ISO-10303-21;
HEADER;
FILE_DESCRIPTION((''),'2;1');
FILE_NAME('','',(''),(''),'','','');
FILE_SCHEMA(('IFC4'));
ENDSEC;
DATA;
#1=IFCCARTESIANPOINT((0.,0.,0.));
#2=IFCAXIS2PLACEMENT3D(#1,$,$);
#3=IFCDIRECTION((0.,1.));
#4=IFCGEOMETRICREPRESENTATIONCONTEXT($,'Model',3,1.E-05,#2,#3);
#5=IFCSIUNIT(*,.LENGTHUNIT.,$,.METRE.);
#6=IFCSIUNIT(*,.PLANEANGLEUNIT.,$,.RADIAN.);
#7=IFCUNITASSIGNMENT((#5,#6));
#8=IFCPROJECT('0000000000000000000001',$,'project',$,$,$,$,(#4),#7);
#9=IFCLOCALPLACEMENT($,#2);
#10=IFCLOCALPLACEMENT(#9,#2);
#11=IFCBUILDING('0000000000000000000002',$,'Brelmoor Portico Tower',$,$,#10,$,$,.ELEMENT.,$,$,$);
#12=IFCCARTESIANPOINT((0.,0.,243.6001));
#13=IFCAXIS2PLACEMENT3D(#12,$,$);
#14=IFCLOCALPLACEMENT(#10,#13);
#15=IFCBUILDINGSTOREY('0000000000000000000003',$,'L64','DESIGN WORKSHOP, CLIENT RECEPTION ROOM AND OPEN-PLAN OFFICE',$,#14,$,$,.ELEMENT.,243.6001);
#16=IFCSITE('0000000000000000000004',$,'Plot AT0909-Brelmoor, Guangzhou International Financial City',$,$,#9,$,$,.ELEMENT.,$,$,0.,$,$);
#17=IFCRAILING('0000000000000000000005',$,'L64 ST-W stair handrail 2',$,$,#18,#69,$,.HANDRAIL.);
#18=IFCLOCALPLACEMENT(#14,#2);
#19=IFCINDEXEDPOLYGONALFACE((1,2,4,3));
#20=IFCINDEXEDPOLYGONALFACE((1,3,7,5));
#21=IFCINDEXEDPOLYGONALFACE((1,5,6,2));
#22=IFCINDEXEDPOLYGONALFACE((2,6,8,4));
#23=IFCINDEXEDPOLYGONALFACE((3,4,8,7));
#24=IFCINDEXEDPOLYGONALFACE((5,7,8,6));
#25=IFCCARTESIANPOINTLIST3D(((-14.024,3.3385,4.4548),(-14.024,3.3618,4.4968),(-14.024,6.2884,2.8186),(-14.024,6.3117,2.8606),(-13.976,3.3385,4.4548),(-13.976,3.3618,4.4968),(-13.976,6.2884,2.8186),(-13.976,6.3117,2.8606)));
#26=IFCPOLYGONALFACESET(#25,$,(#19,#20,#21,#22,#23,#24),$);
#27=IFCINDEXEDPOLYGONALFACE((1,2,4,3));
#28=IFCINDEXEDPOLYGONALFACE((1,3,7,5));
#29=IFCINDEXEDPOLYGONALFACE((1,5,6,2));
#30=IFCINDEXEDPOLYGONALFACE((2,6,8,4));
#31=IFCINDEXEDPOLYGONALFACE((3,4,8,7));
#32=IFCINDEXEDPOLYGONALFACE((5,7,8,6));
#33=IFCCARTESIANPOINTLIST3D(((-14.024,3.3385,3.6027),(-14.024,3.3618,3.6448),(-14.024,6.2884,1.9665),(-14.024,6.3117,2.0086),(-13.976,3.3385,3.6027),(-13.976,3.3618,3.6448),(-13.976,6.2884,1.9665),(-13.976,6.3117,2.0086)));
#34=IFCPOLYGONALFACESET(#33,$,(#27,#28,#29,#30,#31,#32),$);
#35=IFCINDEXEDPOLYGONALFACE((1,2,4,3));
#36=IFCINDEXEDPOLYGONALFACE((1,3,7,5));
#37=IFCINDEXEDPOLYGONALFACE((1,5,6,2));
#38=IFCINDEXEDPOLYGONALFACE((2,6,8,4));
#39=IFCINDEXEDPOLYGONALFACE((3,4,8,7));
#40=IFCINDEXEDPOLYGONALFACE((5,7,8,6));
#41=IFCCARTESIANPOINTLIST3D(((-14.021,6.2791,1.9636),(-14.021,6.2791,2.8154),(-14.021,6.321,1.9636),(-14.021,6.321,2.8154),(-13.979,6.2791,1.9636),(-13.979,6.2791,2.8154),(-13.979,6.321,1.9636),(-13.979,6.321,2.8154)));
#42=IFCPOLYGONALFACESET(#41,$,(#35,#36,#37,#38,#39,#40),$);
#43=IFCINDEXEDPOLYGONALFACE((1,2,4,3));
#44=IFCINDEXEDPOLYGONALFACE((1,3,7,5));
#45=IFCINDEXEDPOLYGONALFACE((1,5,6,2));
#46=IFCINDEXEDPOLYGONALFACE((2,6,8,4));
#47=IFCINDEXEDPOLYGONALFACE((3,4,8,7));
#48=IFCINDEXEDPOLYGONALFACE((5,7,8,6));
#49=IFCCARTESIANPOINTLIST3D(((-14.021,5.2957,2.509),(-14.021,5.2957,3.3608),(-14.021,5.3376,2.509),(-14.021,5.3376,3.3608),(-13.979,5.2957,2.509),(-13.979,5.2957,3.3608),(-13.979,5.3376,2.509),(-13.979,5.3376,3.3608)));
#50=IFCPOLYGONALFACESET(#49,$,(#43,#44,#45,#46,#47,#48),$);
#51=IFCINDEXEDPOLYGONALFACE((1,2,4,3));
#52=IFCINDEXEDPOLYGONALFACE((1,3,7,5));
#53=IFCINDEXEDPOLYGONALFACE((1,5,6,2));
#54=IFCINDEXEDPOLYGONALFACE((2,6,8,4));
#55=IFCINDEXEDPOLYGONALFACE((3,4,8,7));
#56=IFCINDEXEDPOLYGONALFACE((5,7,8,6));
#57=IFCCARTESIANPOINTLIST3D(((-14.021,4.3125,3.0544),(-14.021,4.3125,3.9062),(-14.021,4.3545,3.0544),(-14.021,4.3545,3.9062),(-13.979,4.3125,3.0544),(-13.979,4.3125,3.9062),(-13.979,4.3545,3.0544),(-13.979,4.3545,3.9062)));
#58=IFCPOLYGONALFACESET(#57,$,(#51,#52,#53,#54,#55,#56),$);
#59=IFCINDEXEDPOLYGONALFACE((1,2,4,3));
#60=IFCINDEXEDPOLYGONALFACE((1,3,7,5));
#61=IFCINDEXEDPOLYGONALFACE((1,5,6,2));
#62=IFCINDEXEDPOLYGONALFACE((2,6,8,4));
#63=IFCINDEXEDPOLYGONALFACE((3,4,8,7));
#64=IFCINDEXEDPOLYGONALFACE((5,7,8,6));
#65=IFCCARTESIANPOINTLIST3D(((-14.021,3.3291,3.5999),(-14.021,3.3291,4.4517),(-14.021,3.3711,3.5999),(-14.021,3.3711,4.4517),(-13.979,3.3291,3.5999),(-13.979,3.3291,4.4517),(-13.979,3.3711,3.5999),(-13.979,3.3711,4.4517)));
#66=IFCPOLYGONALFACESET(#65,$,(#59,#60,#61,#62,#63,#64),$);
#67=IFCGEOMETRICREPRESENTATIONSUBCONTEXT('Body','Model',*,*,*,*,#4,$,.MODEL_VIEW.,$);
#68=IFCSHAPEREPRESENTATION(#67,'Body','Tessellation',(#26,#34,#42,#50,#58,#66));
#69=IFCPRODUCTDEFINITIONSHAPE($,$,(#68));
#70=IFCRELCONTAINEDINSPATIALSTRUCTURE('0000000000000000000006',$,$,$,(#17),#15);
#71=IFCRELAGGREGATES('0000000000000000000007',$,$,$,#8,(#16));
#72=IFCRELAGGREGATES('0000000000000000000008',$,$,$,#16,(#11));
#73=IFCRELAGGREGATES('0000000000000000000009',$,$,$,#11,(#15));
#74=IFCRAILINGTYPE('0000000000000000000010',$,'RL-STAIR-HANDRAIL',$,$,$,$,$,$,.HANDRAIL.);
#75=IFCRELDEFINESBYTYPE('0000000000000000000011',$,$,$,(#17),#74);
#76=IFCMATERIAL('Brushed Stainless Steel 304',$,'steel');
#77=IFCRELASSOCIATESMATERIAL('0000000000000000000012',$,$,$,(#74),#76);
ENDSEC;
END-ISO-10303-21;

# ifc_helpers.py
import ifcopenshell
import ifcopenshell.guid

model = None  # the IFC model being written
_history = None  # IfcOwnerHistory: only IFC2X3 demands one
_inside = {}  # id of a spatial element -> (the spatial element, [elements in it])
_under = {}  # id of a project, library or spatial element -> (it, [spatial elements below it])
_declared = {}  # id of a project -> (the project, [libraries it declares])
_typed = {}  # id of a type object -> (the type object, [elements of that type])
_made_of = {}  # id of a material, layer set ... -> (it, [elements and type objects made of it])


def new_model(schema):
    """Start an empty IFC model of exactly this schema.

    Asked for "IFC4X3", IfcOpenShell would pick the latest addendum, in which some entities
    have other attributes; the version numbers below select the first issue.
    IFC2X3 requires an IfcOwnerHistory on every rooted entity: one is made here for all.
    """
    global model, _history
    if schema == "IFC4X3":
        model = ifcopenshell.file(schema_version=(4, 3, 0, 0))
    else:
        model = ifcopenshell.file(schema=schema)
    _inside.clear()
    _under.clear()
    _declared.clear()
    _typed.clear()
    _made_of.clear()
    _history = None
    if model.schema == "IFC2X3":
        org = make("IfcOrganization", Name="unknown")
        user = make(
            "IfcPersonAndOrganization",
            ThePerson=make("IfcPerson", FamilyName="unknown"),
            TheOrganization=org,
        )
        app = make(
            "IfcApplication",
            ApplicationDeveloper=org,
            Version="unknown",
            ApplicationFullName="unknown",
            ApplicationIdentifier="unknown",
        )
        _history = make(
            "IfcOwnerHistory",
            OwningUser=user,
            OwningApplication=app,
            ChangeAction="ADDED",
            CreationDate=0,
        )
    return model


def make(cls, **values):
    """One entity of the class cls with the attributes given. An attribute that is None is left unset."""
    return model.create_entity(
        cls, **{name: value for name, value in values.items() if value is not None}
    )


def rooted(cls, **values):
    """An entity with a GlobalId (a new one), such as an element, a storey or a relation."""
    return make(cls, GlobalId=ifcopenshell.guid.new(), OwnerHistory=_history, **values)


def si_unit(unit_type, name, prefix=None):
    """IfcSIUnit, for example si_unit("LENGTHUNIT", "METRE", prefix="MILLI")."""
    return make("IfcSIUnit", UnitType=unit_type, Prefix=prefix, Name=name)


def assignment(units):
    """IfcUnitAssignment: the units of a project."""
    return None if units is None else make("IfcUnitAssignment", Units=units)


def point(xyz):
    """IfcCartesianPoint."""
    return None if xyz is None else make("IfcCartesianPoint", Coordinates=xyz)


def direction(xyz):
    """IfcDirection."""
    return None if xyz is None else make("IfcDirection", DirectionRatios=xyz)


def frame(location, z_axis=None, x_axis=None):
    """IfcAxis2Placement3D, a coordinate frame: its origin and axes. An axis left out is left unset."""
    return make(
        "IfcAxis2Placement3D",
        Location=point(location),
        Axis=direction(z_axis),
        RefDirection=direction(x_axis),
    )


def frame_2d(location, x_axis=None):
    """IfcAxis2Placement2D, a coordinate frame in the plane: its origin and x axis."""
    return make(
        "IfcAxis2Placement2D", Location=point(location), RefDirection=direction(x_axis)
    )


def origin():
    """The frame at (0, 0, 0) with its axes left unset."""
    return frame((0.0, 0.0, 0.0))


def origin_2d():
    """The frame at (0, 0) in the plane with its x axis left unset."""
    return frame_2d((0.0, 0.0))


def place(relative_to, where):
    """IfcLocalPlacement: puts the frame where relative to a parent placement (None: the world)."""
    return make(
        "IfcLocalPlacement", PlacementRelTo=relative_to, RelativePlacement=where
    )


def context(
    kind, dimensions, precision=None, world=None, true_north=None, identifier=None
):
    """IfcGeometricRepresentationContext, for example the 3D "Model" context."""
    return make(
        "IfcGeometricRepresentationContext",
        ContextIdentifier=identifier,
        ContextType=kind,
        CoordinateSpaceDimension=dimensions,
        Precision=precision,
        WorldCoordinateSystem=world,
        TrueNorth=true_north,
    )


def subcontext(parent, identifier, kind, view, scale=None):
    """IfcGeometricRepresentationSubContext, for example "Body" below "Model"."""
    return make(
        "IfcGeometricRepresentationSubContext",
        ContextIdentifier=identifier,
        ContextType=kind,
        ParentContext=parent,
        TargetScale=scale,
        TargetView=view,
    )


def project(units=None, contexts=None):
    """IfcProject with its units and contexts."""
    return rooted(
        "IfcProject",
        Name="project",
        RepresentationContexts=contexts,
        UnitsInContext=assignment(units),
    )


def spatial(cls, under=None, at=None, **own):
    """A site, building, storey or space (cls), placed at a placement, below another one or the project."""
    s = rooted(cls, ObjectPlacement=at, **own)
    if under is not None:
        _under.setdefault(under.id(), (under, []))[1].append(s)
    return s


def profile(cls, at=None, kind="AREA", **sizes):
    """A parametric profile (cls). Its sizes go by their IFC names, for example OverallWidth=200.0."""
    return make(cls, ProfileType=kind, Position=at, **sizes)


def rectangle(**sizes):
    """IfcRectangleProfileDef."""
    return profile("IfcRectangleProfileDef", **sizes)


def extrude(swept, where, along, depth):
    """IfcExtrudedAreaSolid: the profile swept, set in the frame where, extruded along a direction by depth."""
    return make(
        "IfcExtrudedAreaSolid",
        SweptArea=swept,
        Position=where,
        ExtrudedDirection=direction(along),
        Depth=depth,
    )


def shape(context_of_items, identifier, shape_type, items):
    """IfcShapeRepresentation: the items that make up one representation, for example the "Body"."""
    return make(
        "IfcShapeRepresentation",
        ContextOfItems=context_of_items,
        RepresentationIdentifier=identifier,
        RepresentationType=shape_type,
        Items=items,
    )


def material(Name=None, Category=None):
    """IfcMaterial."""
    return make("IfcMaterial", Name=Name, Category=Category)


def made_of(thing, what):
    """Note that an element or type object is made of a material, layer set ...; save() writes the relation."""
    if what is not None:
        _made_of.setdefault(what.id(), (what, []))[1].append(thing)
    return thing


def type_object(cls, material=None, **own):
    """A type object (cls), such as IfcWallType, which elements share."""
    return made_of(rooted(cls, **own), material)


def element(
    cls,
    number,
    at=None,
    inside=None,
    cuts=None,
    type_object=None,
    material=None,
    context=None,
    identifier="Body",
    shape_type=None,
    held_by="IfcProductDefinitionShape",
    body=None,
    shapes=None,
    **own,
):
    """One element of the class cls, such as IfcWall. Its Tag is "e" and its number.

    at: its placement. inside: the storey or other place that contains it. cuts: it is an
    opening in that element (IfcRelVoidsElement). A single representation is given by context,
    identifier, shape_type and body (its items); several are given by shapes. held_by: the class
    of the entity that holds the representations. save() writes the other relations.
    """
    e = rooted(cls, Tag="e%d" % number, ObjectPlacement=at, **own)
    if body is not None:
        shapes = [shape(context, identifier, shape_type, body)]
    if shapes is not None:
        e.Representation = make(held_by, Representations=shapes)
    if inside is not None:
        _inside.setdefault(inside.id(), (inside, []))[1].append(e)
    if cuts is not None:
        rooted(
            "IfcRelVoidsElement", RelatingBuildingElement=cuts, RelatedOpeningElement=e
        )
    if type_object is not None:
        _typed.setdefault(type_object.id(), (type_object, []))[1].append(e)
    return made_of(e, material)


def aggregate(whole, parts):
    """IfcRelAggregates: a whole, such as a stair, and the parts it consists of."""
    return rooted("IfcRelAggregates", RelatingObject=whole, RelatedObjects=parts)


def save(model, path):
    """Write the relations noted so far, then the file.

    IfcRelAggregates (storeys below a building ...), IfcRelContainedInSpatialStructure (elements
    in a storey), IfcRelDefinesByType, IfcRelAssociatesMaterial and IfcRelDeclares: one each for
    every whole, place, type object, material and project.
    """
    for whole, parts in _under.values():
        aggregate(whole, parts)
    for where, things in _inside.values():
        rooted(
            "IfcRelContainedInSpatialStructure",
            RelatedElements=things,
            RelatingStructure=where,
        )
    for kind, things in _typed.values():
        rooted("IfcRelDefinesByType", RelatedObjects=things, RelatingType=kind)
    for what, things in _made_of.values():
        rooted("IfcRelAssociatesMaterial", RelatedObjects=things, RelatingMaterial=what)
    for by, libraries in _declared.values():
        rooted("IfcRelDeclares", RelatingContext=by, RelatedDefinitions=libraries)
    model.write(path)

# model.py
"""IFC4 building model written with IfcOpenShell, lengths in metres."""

from ifc_helpers import new_model, si_unit, direction, frame, origin, origin_2d, place, context, subcontext, project, spatial, rectangle, extrude, material, type_object, element, save


model = new_model("IFC4")

# Units and contexts
model_context = context("Model", 3, precision=1e-05, world=origin(), true_north=direction((0.0, 1.0)))
body_context = subcontext(model_context, "Body", "Model", "MODEL_VIEW")
ifc_project = project(units=[si_unit("LENGTHUNIT", "METRE"), si_unit("PLANEANGLEUNIT", "RADIAN")], contexts=[model_context])

# Site, building, storey
site_placement = place(None, origin())
site = spatial("IfcSite", under=ifc_project, at=site_placement, Name="Plot AT0909-Brelmoor, Guangzhou International Financial City", CompositionType="ELEMENT", RefElevation=0.0)
building_placement = place(site_placement, origin())
building = spatial("IfcBuilding", under=site, at=building_placement, Name="Brelmoor Portico Tower", CompositionType="ELEMENT")
storey_placement = place(building_placement, frame((0.0, 0.0, 243.6001)))
storey = spatial("IfcBuildingStorey", under=building, at=storey_placement, Name="L64", Description="DESIGN WORKSHOP, CLIENT RECEPTION ROOM AND OPEN-PLAN OFFICE", CompositionType="ELEMENT", Elevation=243.6001)

# Railing
ifc_material_1 = material(Name="Brushed Stainless Steel 304", Category="steel")
railing_type_1 = type_object("IfcRailingType", Name="RL-STAIR-HANDRAIL", PredefinedType="HANDRAIL", material=ifc_material_1)
railing_1_placement = place(storey_placement, frame((-14.0, 6.3, 1.9636)))
element("IfcRailing", 1, at=railing_1_placement, inside=storey, type_object=railing_type_1, Name="L64 ST-W stair handrail 2", PredefinedType="HANDRAIL", context=body_context, shape_type="SweptSolid", body=[
    extrude(rectangle(XDim=0.0481, YDim=0.0481, at=origin_2d()), frame((0.0, 0.0, 0.876), z_axis=(0.0, -0.874488, 0.485047), x_axis=(1.0, 0.0, 0.0)), (0.0, 0.0, 1.0), 3.3733),
    extrude(rectangle(XDim=0.0481, YDim=0.0481, at=origin_2d()), frame((0.0, 0.0, 0.0239), z_axis=(0.0, -0.874488, 0.485047), x_axis=(1.0, 0.0, 0.0)), (0.0, 0.0, 1.0), 3.3733),
    extrude(rectangle(XDim=0.042, YDim=0.042, at=origin_2d()), origin(), (0.0, 0.0, 1.0), 0.8518),
    extrude(rectangle(XDim=0.042, YDim=0.042, at=origin_2d()), frame((0.0, -0.9834, 0.5454)), (0.0, 0.0, 1.0), 0.8518),
    extrude(rectangle(XDim=0.042, YDim=0.042, at=origin_2d()), frame((0.0, -1.9666, 1.0908)), (0.0, 0.0, 1.0), 0.8518),
    extrude(rectangle(XDim=0.042, YDim=0.042, at=origin_2d()), frame((0.0, -2.95, 1.6362)), (0.0, 0.0, 1.0), 0.8518),
])

save(model, "model.ifc")
